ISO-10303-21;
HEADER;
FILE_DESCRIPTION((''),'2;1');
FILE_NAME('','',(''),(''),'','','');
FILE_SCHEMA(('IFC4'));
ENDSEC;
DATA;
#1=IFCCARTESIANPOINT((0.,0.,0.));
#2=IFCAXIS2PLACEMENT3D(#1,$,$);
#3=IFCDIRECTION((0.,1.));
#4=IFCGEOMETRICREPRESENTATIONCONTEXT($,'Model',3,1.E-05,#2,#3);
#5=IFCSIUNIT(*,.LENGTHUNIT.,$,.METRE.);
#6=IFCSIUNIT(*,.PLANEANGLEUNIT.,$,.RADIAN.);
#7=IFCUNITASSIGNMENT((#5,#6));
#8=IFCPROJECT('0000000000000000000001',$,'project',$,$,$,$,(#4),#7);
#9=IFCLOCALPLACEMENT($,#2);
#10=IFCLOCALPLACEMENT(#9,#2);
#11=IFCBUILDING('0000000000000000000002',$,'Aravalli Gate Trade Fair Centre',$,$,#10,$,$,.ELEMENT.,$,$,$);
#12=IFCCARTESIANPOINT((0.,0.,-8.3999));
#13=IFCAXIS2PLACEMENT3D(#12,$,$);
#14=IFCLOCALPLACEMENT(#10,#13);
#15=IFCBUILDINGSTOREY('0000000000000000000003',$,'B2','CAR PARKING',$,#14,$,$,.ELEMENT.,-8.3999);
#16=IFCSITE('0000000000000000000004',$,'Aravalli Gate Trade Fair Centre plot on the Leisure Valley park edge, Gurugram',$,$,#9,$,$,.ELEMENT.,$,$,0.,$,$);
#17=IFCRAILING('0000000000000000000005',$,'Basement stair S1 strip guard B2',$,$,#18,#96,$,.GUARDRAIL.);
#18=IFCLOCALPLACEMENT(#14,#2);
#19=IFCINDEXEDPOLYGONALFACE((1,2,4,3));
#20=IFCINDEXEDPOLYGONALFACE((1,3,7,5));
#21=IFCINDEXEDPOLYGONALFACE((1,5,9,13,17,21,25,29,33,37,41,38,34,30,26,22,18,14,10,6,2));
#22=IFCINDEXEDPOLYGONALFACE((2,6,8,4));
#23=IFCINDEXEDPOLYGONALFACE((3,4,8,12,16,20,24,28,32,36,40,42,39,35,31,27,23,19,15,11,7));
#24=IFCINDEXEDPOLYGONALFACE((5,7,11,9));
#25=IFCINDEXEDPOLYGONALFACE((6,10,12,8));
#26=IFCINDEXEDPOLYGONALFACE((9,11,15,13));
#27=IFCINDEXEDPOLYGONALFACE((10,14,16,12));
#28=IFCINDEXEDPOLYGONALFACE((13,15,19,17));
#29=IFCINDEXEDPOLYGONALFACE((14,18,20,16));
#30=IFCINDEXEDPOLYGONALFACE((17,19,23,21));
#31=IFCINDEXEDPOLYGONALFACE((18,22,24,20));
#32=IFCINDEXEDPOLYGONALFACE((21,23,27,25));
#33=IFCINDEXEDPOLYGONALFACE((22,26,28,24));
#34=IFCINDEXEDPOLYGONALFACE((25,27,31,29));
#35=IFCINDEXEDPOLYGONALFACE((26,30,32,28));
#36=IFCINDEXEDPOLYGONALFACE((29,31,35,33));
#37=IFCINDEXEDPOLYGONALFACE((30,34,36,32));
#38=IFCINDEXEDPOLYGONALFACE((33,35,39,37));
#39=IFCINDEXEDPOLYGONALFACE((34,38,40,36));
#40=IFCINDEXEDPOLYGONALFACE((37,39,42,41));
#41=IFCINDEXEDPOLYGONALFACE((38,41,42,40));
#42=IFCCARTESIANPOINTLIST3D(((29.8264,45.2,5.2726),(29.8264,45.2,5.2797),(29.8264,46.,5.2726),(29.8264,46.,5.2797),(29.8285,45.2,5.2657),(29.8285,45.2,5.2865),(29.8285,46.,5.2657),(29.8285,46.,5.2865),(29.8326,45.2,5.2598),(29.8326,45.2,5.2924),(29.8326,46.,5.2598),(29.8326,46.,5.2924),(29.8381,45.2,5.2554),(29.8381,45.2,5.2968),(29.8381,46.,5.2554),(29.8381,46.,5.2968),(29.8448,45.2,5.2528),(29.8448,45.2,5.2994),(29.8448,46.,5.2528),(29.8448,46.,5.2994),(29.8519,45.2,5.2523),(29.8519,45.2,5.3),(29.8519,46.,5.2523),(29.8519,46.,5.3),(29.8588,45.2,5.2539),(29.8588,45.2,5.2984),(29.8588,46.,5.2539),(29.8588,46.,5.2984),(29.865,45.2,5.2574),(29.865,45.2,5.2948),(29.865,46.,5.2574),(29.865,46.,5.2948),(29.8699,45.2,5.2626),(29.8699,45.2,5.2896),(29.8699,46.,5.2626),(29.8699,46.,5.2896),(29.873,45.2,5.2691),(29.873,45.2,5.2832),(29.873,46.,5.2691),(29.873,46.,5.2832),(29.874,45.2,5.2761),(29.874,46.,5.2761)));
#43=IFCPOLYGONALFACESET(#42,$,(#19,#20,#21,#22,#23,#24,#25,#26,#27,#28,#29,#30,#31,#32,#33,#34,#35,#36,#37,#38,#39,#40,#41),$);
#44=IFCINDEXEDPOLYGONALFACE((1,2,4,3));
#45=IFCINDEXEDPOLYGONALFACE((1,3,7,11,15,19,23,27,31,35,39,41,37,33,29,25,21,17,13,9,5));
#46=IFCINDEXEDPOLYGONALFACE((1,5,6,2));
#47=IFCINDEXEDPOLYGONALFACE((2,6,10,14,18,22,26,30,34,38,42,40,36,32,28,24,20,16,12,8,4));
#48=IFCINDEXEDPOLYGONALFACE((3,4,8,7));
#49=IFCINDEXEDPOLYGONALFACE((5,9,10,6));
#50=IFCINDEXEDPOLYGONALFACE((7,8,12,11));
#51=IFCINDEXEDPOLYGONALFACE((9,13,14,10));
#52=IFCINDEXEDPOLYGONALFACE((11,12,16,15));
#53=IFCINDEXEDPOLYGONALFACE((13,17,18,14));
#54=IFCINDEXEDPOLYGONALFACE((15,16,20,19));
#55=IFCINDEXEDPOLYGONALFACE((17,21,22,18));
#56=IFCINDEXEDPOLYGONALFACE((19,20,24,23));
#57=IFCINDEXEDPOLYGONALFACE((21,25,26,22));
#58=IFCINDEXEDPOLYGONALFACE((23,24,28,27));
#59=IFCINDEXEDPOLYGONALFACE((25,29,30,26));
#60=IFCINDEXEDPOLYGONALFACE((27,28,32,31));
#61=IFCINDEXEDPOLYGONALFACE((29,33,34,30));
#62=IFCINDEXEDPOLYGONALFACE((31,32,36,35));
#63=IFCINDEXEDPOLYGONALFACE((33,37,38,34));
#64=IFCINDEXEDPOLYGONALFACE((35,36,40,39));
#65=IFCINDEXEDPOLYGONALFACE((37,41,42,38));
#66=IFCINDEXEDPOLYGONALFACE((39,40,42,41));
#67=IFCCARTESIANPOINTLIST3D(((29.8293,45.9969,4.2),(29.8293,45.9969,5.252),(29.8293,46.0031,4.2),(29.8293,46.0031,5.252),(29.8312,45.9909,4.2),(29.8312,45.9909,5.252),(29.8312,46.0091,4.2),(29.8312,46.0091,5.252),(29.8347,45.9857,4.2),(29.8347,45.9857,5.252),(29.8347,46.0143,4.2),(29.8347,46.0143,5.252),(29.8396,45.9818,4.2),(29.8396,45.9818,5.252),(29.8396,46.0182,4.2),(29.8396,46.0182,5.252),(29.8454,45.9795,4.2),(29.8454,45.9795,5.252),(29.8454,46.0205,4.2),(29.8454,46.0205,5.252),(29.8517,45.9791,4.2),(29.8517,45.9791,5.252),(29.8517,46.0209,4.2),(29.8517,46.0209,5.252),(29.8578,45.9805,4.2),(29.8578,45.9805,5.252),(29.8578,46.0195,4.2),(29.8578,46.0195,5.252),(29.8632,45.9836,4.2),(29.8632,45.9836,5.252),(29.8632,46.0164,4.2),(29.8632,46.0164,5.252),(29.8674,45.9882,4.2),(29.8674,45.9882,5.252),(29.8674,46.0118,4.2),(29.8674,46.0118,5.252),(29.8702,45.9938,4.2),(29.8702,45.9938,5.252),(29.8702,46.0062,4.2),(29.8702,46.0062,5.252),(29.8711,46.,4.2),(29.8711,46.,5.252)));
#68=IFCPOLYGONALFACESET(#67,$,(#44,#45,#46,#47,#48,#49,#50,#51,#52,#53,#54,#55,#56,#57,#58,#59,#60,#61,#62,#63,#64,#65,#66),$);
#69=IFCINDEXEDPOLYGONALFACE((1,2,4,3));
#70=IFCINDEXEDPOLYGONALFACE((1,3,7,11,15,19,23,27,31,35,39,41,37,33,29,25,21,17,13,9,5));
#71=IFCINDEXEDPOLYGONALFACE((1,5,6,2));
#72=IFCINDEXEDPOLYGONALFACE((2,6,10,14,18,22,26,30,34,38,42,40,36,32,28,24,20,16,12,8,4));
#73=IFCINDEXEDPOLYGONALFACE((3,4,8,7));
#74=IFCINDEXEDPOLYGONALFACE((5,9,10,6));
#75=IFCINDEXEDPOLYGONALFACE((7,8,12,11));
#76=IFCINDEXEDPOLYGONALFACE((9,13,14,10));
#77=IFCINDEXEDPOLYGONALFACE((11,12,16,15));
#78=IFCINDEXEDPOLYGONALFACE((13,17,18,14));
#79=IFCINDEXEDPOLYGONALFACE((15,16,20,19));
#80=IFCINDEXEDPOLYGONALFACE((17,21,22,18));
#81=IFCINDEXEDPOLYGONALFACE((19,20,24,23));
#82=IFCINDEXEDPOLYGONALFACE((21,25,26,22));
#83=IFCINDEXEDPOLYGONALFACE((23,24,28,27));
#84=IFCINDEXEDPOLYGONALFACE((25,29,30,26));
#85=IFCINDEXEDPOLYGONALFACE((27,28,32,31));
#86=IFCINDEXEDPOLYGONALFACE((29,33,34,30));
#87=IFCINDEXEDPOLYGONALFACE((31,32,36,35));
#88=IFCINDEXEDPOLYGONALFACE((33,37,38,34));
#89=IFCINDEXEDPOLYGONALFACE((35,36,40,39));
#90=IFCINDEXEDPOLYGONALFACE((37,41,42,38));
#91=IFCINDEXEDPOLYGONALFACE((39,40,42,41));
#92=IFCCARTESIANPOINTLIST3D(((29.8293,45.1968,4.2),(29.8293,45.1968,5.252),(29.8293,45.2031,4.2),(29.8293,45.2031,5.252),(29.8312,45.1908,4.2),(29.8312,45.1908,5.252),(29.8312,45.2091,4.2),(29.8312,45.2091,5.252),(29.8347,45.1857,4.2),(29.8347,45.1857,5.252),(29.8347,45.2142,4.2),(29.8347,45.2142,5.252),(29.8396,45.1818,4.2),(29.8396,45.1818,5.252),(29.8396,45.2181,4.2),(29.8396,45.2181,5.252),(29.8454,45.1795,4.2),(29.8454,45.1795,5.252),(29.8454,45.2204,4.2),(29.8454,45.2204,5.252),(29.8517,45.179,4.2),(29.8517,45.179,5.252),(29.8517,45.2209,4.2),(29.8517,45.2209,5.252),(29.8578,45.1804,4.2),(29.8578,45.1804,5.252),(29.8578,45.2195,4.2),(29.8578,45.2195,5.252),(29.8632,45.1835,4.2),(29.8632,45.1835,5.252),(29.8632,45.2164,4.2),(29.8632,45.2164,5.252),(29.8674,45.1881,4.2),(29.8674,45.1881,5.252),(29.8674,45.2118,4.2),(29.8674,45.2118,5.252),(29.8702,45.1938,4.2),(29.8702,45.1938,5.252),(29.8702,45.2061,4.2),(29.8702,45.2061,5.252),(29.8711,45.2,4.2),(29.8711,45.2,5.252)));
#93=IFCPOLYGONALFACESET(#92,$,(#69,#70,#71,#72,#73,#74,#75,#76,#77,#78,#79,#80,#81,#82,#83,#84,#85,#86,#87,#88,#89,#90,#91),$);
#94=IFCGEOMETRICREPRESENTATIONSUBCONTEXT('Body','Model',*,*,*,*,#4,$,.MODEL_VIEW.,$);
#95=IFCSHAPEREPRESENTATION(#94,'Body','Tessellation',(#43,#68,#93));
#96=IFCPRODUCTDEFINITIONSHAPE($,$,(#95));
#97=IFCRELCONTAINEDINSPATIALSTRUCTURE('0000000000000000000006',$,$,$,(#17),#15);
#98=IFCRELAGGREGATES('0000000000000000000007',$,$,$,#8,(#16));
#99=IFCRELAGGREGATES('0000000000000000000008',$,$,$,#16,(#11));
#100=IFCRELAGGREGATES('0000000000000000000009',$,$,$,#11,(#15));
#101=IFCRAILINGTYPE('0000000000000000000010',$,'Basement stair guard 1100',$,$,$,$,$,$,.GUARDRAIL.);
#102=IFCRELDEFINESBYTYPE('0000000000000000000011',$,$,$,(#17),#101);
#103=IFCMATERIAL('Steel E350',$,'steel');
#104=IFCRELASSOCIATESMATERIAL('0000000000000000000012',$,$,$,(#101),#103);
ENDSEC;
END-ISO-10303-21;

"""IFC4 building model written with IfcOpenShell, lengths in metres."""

from ifc_helpers import new_model, si_unit, direction, frame, origin, origin_2d, place, context, subcontext, project, spatial, circle, extrude, material, type_object, element, save


model = new_model("IFC4")

# Units and contexts
model_context = context("Model", 3, precision=1e-05, world=origin(), true_north=direction((0.0, 1.0)))
body_context = subcontext(model_context, "Body", "Model", "MODEL_VIEW")
ifc_project = project(units=[si_unit("LENGTHUNIT", "METRE"), si_unit("PLANEANGLEUNIT", "RADIAN")], contexts=[model_context])

# Site, building, storey
site_placement = place(None, origin())
site = spatial("IfcSite", under=ifc_project, at=site_placement, Name="Aravalli Gate Trade Fair Centre plot on the Leisure Valley park edge, Gurugram", CompositionType="ELEMENT", RefElevation=0.0)
building_placement = place(site_placement, origin())
building = spatial("IfcBuilding", under=site, at=building_placement, Name="Aravalli Gate Trade Fair Centre", CompositionType="ELEMENT")
storey_placement = place(building_placement, frame((0.0, 0.0, -8.3999)))
storey = spatial("IfcBuildingStorey", under=building, at=storey_placement, Name="B2", Description="CAR PARKING", CompositionType="ELEMENT", Elevation=-8.3999)

# Railing
ifc_material_1 = material(Name="Steel E350", Category="steel")
railing_type = type_object("IfcRailingType", Name="Basement stair guard 1100", PredefinedType="GUARDRAIL", material=ifc_material_1)
railing_1_placement = place(storey_placement, frame((29.8501, 46.0, 4.2)))
element("IfcRailing", 1, at=railing_1_placement, inside=storey, type_object=railing_type, Name="Basement stair S1 strip guard B2", PredefinedType="GUARDRAIL", context=body_context, shape_type="SweptSolid", body=[
    extrude(circle(Radius=0.0239, at=origin_2d()), frame((0.0, 0.0, 1.0762), z_axis=(0.0, -1.0, 0.0), x_axis=(1.0, 0.0, 0.0)), (0.0, 0.0, 1.0), 0.8),
    extrude(circle(Radius=0.021, at=origin_2d()), origin(), (0.0, 0.0, 1.0), 1.052),
    extrude(circle(Radius=0.021, at=origin_2d()), frame((0.0, -0.8, 0.0)), (0.0, 0.0, 1.0), 1.052),
])

save(model, "model.ifc")
